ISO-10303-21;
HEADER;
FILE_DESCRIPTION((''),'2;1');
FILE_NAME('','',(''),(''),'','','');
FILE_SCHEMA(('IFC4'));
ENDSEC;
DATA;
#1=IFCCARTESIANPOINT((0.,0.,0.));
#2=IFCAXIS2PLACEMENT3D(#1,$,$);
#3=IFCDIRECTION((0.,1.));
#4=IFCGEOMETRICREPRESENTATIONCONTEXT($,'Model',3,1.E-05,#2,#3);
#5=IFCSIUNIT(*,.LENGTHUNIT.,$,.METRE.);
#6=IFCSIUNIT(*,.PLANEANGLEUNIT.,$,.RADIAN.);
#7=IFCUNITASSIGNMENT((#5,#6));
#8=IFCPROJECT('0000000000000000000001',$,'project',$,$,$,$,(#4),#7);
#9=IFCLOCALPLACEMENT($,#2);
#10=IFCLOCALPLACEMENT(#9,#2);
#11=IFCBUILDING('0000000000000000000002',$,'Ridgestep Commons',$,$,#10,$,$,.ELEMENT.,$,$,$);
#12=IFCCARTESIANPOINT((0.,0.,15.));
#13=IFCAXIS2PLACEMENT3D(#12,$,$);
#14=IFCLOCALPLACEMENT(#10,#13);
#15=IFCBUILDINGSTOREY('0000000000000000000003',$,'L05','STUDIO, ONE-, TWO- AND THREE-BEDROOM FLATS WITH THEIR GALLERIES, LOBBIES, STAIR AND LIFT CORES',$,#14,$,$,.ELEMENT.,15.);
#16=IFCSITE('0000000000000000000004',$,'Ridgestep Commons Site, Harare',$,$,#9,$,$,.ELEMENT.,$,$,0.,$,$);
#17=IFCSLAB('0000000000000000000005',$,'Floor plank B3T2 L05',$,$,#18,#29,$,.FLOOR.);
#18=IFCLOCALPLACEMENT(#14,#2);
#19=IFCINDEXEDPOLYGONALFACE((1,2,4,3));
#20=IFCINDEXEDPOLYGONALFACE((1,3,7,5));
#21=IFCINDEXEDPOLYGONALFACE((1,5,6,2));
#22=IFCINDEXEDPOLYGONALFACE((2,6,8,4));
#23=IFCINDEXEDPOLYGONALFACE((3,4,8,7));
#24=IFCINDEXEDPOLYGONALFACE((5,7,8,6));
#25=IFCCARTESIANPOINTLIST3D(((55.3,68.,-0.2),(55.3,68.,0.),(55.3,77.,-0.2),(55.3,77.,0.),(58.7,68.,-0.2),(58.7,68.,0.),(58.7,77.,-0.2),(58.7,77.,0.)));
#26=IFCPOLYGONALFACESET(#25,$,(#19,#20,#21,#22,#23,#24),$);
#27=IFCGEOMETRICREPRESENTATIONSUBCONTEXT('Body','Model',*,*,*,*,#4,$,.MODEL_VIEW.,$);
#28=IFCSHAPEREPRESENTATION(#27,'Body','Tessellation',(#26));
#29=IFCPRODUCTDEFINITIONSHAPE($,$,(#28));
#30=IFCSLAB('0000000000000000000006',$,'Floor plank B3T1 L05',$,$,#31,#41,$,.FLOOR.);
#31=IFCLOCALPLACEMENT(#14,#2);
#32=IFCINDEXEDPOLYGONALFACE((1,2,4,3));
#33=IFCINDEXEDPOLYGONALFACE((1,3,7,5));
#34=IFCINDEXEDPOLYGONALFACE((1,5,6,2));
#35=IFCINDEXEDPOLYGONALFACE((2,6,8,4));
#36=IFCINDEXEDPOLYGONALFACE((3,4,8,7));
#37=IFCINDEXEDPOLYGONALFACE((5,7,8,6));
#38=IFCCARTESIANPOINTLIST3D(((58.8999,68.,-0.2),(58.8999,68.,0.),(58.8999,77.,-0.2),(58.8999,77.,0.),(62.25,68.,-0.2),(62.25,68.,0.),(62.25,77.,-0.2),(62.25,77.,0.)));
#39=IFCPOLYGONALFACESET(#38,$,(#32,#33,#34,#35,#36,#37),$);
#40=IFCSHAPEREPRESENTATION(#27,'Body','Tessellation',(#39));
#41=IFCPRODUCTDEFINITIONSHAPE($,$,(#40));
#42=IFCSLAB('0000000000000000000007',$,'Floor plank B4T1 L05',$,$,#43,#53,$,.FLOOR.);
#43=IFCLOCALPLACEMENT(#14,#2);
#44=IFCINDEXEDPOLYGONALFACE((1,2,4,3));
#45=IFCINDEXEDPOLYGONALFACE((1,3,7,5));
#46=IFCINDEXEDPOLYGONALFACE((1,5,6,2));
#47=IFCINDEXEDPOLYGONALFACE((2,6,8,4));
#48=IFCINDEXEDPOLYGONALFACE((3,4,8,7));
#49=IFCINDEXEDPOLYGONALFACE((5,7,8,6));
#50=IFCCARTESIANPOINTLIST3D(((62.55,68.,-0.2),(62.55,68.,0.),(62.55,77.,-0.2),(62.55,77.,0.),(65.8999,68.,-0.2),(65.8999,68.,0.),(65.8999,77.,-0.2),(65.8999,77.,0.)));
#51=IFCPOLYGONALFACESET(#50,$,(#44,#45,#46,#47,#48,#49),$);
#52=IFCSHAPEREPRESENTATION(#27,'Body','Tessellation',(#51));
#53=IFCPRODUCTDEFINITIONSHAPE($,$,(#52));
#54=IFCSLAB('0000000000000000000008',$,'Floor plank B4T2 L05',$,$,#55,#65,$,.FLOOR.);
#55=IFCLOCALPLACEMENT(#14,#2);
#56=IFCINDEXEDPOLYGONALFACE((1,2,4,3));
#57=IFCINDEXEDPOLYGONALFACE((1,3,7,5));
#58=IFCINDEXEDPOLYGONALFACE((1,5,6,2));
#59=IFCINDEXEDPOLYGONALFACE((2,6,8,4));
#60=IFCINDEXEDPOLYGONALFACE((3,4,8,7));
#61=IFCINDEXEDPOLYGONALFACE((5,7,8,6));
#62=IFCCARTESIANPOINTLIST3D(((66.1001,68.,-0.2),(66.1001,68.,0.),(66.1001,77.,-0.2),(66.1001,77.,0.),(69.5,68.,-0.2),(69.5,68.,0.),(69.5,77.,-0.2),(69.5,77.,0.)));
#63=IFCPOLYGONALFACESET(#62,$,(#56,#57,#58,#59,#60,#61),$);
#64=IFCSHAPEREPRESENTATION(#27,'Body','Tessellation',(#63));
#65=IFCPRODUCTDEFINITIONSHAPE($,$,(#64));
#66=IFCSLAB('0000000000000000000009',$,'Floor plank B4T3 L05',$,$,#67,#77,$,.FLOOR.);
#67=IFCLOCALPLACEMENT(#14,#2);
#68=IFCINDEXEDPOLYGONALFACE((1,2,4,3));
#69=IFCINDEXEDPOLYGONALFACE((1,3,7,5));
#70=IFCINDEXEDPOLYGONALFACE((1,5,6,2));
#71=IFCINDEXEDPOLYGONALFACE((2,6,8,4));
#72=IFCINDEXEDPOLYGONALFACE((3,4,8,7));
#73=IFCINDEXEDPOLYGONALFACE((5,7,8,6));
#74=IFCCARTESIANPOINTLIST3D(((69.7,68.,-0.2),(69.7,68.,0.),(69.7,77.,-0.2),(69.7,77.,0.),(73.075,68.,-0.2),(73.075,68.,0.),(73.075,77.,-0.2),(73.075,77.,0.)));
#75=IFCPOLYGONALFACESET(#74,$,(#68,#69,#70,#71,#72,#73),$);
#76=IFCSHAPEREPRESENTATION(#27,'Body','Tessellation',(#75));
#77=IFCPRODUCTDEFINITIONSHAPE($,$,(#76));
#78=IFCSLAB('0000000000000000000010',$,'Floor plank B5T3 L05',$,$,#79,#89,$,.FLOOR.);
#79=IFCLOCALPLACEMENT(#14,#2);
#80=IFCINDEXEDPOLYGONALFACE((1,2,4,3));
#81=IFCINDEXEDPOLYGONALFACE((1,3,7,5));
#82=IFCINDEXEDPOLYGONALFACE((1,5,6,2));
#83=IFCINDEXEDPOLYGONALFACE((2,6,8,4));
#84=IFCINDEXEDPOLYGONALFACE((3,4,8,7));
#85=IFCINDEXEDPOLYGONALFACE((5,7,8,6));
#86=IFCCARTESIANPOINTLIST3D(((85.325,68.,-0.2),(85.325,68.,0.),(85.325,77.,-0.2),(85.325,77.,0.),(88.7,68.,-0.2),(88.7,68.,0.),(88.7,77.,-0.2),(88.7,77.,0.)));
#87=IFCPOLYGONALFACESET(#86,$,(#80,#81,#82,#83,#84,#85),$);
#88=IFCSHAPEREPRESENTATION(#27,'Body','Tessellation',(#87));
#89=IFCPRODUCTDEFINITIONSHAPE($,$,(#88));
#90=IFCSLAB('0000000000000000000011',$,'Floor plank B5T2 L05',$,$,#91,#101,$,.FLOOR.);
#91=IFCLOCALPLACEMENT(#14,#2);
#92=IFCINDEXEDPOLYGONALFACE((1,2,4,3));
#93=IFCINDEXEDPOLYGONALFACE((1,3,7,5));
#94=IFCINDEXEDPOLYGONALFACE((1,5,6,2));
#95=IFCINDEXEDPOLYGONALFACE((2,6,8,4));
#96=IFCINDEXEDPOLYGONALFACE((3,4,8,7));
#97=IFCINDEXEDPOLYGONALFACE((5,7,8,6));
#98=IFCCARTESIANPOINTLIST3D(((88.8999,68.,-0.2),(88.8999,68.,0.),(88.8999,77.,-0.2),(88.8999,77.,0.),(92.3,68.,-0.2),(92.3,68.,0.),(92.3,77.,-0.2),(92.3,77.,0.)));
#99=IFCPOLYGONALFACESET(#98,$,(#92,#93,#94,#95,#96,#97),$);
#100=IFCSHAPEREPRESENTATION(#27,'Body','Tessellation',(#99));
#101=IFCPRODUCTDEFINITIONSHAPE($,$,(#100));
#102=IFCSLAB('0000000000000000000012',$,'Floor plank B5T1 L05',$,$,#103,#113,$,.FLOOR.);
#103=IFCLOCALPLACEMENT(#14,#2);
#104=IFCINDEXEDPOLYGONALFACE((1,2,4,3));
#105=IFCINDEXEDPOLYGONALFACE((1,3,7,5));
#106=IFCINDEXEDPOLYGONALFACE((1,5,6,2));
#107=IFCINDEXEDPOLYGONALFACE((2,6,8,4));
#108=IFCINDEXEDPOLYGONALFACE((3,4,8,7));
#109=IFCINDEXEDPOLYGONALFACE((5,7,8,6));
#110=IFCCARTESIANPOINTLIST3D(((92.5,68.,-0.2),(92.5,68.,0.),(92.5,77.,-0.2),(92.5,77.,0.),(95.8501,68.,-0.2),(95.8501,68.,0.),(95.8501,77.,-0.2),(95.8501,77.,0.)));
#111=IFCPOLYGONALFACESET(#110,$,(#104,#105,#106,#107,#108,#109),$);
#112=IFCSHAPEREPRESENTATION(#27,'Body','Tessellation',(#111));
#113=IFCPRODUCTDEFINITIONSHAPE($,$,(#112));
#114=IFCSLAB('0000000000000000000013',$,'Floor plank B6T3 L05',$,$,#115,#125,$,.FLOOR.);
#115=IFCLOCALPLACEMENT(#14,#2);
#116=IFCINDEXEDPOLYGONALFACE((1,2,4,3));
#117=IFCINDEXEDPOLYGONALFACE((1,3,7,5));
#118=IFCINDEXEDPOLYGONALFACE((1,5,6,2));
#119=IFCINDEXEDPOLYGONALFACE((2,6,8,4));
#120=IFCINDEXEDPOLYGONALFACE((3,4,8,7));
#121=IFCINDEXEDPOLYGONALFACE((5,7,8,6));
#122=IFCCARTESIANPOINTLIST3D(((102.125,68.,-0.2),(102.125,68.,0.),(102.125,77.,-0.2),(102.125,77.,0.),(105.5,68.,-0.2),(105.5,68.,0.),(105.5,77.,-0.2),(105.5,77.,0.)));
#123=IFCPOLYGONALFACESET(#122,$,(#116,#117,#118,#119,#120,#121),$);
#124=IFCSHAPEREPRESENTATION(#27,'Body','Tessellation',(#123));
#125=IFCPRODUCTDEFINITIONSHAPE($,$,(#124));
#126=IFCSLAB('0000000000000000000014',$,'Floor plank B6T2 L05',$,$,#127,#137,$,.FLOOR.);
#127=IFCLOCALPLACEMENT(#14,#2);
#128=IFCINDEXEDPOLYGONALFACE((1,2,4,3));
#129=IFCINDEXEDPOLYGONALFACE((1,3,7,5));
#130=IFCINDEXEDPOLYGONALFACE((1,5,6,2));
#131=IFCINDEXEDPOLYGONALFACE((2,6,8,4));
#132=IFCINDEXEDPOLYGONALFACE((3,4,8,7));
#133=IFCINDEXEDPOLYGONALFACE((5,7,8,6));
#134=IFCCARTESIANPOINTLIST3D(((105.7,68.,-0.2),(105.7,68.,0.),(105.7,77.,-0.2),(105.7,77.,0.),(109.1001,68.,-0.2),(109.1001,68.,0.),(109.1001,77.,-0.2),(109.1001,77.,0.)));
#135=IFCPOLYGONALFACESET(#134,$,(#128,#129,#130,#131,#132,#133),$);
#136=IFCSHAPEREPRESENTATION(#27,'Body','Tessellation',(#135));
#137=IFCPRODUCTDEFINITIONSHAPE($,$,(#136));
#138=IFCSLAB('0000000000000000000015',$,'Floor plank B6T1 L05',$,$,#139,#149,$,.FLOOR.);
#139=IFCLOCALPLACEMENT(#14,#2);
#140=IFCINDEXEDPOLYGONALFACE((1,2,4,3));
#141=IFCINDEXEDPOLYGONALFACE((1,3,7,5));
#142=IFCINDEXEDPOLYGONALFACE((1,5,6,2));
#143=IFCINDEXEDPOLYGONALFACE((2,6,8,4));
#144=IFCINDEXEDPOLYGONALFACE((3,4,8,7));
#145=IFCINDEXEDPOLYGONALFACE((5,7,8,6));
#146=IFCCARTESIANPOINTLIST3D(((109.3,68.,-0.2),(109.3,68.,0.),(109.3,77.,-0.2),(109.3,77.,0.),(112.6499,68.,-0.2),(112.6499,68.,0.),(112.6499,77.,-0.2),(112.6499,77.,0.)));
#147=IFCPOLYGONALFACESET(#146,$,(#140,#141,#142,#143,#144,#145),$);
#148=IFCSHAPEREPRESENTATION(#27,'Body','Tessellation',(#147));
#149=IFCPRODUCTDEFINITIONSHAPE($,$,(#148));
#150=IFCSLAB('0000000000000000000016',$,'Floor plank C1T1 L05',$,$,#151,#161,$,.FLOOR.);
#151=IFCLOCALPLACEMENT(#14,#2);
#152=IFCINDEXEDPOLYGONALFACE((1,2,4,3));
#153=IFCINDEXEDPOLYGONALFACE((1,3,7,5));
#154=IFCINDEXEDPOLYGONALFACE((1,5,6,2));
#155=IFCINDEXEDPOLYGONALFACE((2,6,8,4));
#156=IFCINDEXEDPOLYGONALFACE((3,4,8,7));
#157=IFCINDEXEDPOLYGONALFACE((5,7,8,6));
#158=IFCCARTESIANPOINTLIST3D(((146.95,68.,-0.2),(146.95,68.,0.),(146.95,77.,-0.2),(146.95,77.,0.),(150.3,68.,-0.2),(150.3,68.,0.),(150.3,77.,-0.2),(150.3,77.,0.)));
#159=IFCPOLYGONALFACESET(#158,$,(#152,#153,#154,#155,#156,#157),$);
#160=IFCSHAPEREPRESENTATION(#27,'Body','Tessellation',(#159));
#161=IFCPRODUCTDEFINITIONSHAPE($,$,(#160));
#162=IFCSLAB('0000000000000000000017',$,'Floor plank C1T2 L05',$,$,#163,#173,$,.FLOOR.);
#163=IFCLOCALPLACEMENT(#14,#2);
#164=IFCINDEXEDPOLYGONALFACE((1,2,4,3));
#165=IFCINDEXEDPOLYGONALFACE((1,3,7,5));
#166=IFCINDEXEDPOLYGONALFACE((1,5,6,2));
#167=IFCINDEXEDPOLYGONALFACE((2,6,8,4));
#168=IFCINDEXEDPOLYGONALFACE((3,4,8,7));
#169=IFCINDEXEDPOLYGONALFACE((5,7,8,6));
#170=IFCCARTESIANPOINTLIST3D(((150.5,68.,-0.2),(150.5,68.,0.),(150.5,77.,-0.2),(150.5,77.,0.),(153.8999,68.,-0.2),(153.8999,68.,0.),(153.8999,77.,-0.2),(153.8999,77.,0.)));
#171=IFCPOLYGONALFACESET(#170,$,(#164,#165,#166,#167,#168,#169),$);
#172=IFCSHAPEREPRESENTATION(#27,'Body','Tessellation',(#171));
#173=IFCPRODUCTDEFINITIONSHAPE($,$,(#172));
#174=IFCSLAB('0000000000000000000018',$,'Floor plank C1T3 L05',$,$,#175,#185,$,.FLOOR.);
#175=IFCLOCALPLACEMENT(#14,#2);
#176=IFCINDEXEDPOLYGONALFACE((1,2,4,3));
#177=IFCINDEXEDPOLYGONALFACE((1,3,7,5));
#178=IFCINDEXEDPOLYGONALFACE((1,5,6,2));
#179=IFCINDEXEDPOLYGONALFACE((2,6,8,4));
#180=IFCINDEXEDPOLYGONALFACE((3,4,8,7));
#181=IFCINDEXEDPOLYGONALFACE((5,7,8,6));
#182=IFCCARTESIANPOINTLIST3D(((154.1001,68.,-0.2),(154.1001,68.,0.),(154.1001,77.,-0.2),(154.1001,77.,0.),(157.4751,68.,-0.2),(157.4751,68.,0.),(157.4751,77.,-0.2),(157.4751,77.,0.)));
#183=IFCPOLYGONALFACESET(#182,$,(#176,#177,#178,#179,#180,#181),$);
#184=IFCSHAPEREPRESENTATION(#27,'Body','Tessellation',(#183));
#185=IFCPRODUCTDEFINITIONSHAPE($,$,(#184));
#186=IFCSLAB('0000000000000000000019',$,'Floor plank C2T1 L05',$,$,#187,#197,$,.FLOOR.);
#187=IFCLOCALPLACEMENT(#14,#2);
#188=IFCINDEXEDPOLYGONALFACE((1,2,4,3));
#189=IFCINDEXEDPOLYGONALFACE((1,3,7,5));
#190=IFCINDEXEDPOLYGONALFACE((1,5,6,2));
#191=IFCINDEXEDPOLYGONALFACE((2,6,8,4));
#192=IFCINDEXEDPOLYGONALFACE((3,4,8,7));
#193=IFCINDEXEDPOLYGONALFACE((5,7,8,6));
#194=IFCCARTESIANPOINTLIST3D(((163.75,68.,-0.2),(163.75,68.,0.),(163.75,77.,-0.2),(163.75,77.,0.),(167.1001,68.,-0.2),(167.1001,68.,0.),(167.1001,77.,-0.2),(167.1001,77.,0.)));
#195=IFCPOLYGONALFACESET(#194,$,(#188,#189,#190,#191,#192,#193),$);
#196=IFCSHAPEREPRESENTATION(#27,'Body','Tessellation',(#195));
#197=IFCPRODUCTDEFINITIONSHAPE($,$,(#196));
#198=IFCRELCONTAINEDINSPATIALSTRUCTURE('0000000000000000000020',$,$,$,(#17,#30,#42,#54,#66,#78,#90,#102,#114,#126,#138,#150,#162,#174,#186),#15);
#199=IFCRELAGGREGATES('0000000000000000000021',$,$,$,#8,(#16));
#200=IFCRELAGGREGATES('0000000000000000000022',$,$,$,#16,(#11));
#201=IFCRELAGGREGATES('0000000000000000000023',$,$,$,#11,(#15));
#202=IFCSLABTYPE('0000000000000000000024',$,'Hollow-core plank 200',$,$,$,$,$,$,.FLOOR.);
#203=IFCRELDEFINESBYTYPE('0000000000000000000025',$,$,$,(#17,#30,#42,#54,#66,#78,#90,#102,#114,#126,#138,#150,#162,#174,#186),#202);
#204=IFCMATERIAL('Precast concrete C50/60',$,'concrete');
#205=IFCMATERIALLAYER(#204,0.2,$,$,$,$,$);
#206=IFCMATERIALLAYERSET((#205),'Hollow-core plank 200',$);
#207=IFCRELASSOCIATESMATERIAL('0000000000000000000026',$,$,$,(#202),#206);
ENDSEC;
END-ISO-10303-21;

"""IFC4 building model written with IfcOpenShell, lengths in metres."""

from ifc_helpers import new_model, si_unit, direction, frame, origin, place, context, subcontext, project, spatial, polyline, outline, extrude, material, layer, layer_set, type_object, element, save


model = new_model("IFC4")

# Units and contexts
model_context = context("Model", 3, precision=1e-05, world=origin(), true_north=direction((0.0, 1.0)))
body_context = subcontext(model_context, "Body", "Model", "MODEL_VIEW")
ifc_project = project(units=[si_unit("LENGTHUNIT", "METRE"), si_unit("PLANEANGLEUNIT", "RADIAN")], contexts=[model_context])

# Site, building, storey
site_placement = place(None, origin())
site = spatial("IfcSite", under=ifc_project, at=site_placement, Name="Ridgestep Commons Site, Harare", CompositionType="ELEMENT", RefElevation=0.0)
building_placement = place(site_placement, origin())
building = spatial("IfcBuilding", under=site, at=building_placement, Name="Ridgestep Commons", CompositionType="ELEMENT")
storey_placement = place(building_placement, frame((0.0, 0.0, 15.0)))
storey = spatial("IfcBuildingStorey", under=building, at=storey_placement, Name="L05", Description="STUDIO, ONE-, TWO- AND THREE-BEDROOM FLATS WITH THEIR GALLERIES, LOBBIES, STAIR AND LIFT CORES", CompositionType="ELEMENT", Elevation=15.0)

# Slabs
ifc_material_1 = material(Name="Precast concrete C50/60", Category="concrete")
ifc_layer_1 = layer(ifc_material_1, 0.2)
ifc_layer_set_1 = layer_set([ifc_layer_1], Name="Hollow-core plank 200")
slab_type_1 = type_object("IfcSlabType", Name="Hollow-core plank 200", PredefinedType="FLOOR", material=ifc_layer_set_1)
slab_1_placement = place(storey_placement, frame((0.0, 0.0, -0.2)))
element("IfcSlab", 1, at=slab_1_placement, inside=storey, type_object=slab_type_1, Name="Floor plank B3T2 L05", PredefinedType="FLOOR", context=body_context, shape_type="SweptSolid", body=[
    extrude(outline(polyline([(58.7, 68.0), (58.7, 77.0), (55.3, 77.0), (55.3, 68.0), (58.7, 68.0)])), origin(), (0.0, 0.0, 1.0), 0.2),
])
slab_2_placement = place(storey_placement, frame((0.0, 0.0, -0.2)))
element("IfcSlab", 2, at=slab_2_placement, inside=storey, type_object=slab_type_1, Name="Floor plank B3T1 L05", PredefinedType="FLOOR", context=body_context, shape_type="SweptSolid", body=[
    extrude(outline(polyline([(62.25, 68.0), (62.25, 77.0), (58.8999, 77.0), (58.8999, 68.0), (62.25, 68.0)])), origin(), (0.0, 0.0, 1.0), 0.2),
])
slab_3_placement = place(storey_placement, frame((0.0, 0.0, -0.2)))
element("IfcSlab", 3, at=slab_3_placement, inside=storey, type_object=slab_type_1, Name="Floor plank B4T1 L05", PredefinedType="FLOOR", context=body_context, shape_type="SweptSolid", body=[
    extrude(outline(polyline([(65.8999, 68.0), (65.8999, 77.0), (62.55, 77.0), (62.55, 68.0), (65.8999, 68.0)])), origin(), (0.0, 0.0, 1.0), 0.2),
])
slab_4_placement = place(storey_placement, frame((0.0, 0.0, -0.2)))
element("IfcSlab", 4, at=slab_4_placement, inside=storey, type_object=slab_type_1, Name="Floor plank B4T2 L05", PredefinedType="FLOOR", context=body_context, shape_type="SweptSolid", body=[
    extrude(outline(polyline([(69.5, 68.0), (69.5, 77.0), (66.1001, 77.0), (66.1001, 68.0), (69.5, 68.0)])), origin(), (0.0, 0.0, 1.0), 0.2),
])
slab_5_placement = place(storey_placement, frame((0.0, 0.0, -0.2)))
element("IfcSlab", 5, at=slab_5_placement, inside=storey, type_object=slab_type_1, Name="Floor plank B4T3 L05", PredefinedType="FLOOR", context=body_context, shape_type="SweptSolid", body=[
    extrude(outline(polyline([(73.075, 68.0), (73.075, 77.0), (69.7, 77.0), (69.7, 68.0), (73.075, 68.0)])), origin(), (0.0, 0.0, 1.0), 0.2),
])
slab_6_placement = place(storey_placement, frame((0.0, 0.0, -0.2)))
element("IfcSlab", 6, at=slab_6_placement, inside=storey, type_object=slab_type_1, Name="Floor plank B5T3 L05", PredefinedType="FLOOR", context=body_context, shape_type="SweptSolid", body=[
    extrude(outline(polyline([(88.7, 68.0), (88.7, 77.0), (85.325, 77.0), (85.325, 68.0), (88.7, 68.0)])), origin(), (0.0, 0.0, 1.0), 0.2),
])
slab_7_placement = place(storey_placement, frame((0.0, 0.0, -0.2)))
element("IfcSlab", 7, at=slab_7_placement, inside=storey, type_object=slab_type_1, Name="Floor plank B5T2 L05", PredefinedType="FLOOR", context=body_context, shape_type="SweptSolid", body=[
    extrude(outline(polyline([(92.3, 68.0), (92.3, 77.0), (88.8999, 77.0), (88.8999, 68.0), (92.3, 68.0)])), origin(), (0.0, 0.0, 1.0), 0.2),
])
slab_8_placement = place(storey_placement, frame((0.0, 0.0, -0.2)))
element("IfcSlab", 8, at=slab_8_placement, inside=storey, type_object=slab_type_1, Name="Floor plank B5T1 L05", PredefinedType="FLOOR", context=body_context, shape_type="SweptSolid", body=[
    extrude(outline(polyline([(95.8501, 68.0), (95.8501, 77.0), (92.5, 77.0), (92.5, 68.0), (95.8501, 68.0)])), origin(), (0.0, 0.0, 1.0), 0.2),
])
slab_9_placement = place(storey_placement, frame((0.0, 0.0, -0.2)))
element("IfcSlab", 9, at=slab_9_placement, inside=storey, type_object=slab_type_1, Name="Floor plank B6T3 L05", PredefinedType="FLOOR", context=body_context, shape_type="SweptSolid", body=[
    extrude(outline(polyline([(105.5, 68.0), (105.5, 77.0), (102.125, 77.0), (102.125, 68.0), (105.5, 68.0)])), origin(), (0.0, 0.0, 1.0), 0.2),
])
slab_10_placement = place(storey_placement, frame((0.0, 0.0, -0.2)))
element("IfcSlab", 10, at=slab_10_placement, inside=storey, type_object=slab_type_1, Name="Floor plank B6T2 L05", PredefinedType="FLOOR", context=body_context, shape_type="SweptSolid", body=[
    extrude(outline(polyline([(109.1001, 68.0), (109.1001, 77.0), (105.7, 77.0), (105.7, 68.0), (109.1001, 68.0)])), origin(), (0.0, 0.0, 1.0), 0.2),
])
slab_11_placement = place(storey_placement, frame((0.0, 0.0, -0.2)))
element("IfcSlab", 11, at=slab_11_placement, inside=storey, type_object=slab_type_1, Name="Floor plank B6T1 L05", PredefinedType="FLOOR", context=body_context, shape_type="SweptSolid", body=[
    extrude(outline(polyline([(112.6499, 68.0), (112.6499, 77.0), (109.3, 77.0), (109.3, 68.0), (112.6499, 68.0)])), origin(), (0.0, 0.0, 1.0), 0.2),
])
slab_12_placement = place(storey_placement, frame((0.0, 0.0, -0.2)))
element("IfcSlab", 12, at=slab_12_placement, inside=storey, type_object=slab_type_1, Name="Floor plank C1T1 L05", PredefinedType="FLOOR", context=body_context, shape_type="SweptSolid", body=[
    extrude(outline(polyline([(150.3, 68.0), (150.3, 77.0), (146.95, 77.0), (146.95, 68.0), (150.3, 68.0)])), origin(), (0.0, 0.0, 1.0), 0.2),
])
slab_13_placement = place(storey_placement, frame((0.0, 0.0, -0.2)))
element("IfcSlab", 13, at=slab_13_placement, inside=storey, type_object=slab_type_1, Name="Floor plank C1T2 L05", PredefinedType="FLOOR", context=body_context, shape_type="SweptSolid", body=[
    extrude(outline(polyline([(153.8999, 68.0), (153.8999, 77.0), (150.5, 77.0), (150.5, 68.0), (153.8999, 68.0)])), origin(), (0.0, 0.0, 1.0), 0.2),
])
slab_14_placement = place(storey_placement, frame((0.0, 0.0, -0.2)))
element("IfcSlab", 14, at=slab_14_placement, inside=storey, type_object=slab_type_1, Name="Floor plank C1T3 L05", PredefinedType="FLOOR", context=body_context, shape_type="SweptSolid", body=[
    extrude(outline(polyline([(157.4751, 68.0), (157.4751, 77.0), (154.1001, 77.0), (154.1001, 68.0), (157.4751, 68.0)])), origin(), (0.0, 0.0, 1.0), 0.2),
])
slab_15_placement = place(storey_placement, frame((0.0, 0.0, -0.2)))
element("IfcSlab", 15, at=slab_15_placement, inside=storey, type_object=slab_type_1, Name="Floor plank C2T1 L05", PredefinedType="FLOOR", context=body_context, shape_type="SweptSolid", body=[
    extrude(outline(polyline([(167.1001, 68.0), (167.1001, 77.0), (163.75, 77.0), (163.75, 68.0), (167.1001, 68.0)])), origin(), (0.0, 0.0, 1.0), 0.2),
])

save(model, "model.ifc")
